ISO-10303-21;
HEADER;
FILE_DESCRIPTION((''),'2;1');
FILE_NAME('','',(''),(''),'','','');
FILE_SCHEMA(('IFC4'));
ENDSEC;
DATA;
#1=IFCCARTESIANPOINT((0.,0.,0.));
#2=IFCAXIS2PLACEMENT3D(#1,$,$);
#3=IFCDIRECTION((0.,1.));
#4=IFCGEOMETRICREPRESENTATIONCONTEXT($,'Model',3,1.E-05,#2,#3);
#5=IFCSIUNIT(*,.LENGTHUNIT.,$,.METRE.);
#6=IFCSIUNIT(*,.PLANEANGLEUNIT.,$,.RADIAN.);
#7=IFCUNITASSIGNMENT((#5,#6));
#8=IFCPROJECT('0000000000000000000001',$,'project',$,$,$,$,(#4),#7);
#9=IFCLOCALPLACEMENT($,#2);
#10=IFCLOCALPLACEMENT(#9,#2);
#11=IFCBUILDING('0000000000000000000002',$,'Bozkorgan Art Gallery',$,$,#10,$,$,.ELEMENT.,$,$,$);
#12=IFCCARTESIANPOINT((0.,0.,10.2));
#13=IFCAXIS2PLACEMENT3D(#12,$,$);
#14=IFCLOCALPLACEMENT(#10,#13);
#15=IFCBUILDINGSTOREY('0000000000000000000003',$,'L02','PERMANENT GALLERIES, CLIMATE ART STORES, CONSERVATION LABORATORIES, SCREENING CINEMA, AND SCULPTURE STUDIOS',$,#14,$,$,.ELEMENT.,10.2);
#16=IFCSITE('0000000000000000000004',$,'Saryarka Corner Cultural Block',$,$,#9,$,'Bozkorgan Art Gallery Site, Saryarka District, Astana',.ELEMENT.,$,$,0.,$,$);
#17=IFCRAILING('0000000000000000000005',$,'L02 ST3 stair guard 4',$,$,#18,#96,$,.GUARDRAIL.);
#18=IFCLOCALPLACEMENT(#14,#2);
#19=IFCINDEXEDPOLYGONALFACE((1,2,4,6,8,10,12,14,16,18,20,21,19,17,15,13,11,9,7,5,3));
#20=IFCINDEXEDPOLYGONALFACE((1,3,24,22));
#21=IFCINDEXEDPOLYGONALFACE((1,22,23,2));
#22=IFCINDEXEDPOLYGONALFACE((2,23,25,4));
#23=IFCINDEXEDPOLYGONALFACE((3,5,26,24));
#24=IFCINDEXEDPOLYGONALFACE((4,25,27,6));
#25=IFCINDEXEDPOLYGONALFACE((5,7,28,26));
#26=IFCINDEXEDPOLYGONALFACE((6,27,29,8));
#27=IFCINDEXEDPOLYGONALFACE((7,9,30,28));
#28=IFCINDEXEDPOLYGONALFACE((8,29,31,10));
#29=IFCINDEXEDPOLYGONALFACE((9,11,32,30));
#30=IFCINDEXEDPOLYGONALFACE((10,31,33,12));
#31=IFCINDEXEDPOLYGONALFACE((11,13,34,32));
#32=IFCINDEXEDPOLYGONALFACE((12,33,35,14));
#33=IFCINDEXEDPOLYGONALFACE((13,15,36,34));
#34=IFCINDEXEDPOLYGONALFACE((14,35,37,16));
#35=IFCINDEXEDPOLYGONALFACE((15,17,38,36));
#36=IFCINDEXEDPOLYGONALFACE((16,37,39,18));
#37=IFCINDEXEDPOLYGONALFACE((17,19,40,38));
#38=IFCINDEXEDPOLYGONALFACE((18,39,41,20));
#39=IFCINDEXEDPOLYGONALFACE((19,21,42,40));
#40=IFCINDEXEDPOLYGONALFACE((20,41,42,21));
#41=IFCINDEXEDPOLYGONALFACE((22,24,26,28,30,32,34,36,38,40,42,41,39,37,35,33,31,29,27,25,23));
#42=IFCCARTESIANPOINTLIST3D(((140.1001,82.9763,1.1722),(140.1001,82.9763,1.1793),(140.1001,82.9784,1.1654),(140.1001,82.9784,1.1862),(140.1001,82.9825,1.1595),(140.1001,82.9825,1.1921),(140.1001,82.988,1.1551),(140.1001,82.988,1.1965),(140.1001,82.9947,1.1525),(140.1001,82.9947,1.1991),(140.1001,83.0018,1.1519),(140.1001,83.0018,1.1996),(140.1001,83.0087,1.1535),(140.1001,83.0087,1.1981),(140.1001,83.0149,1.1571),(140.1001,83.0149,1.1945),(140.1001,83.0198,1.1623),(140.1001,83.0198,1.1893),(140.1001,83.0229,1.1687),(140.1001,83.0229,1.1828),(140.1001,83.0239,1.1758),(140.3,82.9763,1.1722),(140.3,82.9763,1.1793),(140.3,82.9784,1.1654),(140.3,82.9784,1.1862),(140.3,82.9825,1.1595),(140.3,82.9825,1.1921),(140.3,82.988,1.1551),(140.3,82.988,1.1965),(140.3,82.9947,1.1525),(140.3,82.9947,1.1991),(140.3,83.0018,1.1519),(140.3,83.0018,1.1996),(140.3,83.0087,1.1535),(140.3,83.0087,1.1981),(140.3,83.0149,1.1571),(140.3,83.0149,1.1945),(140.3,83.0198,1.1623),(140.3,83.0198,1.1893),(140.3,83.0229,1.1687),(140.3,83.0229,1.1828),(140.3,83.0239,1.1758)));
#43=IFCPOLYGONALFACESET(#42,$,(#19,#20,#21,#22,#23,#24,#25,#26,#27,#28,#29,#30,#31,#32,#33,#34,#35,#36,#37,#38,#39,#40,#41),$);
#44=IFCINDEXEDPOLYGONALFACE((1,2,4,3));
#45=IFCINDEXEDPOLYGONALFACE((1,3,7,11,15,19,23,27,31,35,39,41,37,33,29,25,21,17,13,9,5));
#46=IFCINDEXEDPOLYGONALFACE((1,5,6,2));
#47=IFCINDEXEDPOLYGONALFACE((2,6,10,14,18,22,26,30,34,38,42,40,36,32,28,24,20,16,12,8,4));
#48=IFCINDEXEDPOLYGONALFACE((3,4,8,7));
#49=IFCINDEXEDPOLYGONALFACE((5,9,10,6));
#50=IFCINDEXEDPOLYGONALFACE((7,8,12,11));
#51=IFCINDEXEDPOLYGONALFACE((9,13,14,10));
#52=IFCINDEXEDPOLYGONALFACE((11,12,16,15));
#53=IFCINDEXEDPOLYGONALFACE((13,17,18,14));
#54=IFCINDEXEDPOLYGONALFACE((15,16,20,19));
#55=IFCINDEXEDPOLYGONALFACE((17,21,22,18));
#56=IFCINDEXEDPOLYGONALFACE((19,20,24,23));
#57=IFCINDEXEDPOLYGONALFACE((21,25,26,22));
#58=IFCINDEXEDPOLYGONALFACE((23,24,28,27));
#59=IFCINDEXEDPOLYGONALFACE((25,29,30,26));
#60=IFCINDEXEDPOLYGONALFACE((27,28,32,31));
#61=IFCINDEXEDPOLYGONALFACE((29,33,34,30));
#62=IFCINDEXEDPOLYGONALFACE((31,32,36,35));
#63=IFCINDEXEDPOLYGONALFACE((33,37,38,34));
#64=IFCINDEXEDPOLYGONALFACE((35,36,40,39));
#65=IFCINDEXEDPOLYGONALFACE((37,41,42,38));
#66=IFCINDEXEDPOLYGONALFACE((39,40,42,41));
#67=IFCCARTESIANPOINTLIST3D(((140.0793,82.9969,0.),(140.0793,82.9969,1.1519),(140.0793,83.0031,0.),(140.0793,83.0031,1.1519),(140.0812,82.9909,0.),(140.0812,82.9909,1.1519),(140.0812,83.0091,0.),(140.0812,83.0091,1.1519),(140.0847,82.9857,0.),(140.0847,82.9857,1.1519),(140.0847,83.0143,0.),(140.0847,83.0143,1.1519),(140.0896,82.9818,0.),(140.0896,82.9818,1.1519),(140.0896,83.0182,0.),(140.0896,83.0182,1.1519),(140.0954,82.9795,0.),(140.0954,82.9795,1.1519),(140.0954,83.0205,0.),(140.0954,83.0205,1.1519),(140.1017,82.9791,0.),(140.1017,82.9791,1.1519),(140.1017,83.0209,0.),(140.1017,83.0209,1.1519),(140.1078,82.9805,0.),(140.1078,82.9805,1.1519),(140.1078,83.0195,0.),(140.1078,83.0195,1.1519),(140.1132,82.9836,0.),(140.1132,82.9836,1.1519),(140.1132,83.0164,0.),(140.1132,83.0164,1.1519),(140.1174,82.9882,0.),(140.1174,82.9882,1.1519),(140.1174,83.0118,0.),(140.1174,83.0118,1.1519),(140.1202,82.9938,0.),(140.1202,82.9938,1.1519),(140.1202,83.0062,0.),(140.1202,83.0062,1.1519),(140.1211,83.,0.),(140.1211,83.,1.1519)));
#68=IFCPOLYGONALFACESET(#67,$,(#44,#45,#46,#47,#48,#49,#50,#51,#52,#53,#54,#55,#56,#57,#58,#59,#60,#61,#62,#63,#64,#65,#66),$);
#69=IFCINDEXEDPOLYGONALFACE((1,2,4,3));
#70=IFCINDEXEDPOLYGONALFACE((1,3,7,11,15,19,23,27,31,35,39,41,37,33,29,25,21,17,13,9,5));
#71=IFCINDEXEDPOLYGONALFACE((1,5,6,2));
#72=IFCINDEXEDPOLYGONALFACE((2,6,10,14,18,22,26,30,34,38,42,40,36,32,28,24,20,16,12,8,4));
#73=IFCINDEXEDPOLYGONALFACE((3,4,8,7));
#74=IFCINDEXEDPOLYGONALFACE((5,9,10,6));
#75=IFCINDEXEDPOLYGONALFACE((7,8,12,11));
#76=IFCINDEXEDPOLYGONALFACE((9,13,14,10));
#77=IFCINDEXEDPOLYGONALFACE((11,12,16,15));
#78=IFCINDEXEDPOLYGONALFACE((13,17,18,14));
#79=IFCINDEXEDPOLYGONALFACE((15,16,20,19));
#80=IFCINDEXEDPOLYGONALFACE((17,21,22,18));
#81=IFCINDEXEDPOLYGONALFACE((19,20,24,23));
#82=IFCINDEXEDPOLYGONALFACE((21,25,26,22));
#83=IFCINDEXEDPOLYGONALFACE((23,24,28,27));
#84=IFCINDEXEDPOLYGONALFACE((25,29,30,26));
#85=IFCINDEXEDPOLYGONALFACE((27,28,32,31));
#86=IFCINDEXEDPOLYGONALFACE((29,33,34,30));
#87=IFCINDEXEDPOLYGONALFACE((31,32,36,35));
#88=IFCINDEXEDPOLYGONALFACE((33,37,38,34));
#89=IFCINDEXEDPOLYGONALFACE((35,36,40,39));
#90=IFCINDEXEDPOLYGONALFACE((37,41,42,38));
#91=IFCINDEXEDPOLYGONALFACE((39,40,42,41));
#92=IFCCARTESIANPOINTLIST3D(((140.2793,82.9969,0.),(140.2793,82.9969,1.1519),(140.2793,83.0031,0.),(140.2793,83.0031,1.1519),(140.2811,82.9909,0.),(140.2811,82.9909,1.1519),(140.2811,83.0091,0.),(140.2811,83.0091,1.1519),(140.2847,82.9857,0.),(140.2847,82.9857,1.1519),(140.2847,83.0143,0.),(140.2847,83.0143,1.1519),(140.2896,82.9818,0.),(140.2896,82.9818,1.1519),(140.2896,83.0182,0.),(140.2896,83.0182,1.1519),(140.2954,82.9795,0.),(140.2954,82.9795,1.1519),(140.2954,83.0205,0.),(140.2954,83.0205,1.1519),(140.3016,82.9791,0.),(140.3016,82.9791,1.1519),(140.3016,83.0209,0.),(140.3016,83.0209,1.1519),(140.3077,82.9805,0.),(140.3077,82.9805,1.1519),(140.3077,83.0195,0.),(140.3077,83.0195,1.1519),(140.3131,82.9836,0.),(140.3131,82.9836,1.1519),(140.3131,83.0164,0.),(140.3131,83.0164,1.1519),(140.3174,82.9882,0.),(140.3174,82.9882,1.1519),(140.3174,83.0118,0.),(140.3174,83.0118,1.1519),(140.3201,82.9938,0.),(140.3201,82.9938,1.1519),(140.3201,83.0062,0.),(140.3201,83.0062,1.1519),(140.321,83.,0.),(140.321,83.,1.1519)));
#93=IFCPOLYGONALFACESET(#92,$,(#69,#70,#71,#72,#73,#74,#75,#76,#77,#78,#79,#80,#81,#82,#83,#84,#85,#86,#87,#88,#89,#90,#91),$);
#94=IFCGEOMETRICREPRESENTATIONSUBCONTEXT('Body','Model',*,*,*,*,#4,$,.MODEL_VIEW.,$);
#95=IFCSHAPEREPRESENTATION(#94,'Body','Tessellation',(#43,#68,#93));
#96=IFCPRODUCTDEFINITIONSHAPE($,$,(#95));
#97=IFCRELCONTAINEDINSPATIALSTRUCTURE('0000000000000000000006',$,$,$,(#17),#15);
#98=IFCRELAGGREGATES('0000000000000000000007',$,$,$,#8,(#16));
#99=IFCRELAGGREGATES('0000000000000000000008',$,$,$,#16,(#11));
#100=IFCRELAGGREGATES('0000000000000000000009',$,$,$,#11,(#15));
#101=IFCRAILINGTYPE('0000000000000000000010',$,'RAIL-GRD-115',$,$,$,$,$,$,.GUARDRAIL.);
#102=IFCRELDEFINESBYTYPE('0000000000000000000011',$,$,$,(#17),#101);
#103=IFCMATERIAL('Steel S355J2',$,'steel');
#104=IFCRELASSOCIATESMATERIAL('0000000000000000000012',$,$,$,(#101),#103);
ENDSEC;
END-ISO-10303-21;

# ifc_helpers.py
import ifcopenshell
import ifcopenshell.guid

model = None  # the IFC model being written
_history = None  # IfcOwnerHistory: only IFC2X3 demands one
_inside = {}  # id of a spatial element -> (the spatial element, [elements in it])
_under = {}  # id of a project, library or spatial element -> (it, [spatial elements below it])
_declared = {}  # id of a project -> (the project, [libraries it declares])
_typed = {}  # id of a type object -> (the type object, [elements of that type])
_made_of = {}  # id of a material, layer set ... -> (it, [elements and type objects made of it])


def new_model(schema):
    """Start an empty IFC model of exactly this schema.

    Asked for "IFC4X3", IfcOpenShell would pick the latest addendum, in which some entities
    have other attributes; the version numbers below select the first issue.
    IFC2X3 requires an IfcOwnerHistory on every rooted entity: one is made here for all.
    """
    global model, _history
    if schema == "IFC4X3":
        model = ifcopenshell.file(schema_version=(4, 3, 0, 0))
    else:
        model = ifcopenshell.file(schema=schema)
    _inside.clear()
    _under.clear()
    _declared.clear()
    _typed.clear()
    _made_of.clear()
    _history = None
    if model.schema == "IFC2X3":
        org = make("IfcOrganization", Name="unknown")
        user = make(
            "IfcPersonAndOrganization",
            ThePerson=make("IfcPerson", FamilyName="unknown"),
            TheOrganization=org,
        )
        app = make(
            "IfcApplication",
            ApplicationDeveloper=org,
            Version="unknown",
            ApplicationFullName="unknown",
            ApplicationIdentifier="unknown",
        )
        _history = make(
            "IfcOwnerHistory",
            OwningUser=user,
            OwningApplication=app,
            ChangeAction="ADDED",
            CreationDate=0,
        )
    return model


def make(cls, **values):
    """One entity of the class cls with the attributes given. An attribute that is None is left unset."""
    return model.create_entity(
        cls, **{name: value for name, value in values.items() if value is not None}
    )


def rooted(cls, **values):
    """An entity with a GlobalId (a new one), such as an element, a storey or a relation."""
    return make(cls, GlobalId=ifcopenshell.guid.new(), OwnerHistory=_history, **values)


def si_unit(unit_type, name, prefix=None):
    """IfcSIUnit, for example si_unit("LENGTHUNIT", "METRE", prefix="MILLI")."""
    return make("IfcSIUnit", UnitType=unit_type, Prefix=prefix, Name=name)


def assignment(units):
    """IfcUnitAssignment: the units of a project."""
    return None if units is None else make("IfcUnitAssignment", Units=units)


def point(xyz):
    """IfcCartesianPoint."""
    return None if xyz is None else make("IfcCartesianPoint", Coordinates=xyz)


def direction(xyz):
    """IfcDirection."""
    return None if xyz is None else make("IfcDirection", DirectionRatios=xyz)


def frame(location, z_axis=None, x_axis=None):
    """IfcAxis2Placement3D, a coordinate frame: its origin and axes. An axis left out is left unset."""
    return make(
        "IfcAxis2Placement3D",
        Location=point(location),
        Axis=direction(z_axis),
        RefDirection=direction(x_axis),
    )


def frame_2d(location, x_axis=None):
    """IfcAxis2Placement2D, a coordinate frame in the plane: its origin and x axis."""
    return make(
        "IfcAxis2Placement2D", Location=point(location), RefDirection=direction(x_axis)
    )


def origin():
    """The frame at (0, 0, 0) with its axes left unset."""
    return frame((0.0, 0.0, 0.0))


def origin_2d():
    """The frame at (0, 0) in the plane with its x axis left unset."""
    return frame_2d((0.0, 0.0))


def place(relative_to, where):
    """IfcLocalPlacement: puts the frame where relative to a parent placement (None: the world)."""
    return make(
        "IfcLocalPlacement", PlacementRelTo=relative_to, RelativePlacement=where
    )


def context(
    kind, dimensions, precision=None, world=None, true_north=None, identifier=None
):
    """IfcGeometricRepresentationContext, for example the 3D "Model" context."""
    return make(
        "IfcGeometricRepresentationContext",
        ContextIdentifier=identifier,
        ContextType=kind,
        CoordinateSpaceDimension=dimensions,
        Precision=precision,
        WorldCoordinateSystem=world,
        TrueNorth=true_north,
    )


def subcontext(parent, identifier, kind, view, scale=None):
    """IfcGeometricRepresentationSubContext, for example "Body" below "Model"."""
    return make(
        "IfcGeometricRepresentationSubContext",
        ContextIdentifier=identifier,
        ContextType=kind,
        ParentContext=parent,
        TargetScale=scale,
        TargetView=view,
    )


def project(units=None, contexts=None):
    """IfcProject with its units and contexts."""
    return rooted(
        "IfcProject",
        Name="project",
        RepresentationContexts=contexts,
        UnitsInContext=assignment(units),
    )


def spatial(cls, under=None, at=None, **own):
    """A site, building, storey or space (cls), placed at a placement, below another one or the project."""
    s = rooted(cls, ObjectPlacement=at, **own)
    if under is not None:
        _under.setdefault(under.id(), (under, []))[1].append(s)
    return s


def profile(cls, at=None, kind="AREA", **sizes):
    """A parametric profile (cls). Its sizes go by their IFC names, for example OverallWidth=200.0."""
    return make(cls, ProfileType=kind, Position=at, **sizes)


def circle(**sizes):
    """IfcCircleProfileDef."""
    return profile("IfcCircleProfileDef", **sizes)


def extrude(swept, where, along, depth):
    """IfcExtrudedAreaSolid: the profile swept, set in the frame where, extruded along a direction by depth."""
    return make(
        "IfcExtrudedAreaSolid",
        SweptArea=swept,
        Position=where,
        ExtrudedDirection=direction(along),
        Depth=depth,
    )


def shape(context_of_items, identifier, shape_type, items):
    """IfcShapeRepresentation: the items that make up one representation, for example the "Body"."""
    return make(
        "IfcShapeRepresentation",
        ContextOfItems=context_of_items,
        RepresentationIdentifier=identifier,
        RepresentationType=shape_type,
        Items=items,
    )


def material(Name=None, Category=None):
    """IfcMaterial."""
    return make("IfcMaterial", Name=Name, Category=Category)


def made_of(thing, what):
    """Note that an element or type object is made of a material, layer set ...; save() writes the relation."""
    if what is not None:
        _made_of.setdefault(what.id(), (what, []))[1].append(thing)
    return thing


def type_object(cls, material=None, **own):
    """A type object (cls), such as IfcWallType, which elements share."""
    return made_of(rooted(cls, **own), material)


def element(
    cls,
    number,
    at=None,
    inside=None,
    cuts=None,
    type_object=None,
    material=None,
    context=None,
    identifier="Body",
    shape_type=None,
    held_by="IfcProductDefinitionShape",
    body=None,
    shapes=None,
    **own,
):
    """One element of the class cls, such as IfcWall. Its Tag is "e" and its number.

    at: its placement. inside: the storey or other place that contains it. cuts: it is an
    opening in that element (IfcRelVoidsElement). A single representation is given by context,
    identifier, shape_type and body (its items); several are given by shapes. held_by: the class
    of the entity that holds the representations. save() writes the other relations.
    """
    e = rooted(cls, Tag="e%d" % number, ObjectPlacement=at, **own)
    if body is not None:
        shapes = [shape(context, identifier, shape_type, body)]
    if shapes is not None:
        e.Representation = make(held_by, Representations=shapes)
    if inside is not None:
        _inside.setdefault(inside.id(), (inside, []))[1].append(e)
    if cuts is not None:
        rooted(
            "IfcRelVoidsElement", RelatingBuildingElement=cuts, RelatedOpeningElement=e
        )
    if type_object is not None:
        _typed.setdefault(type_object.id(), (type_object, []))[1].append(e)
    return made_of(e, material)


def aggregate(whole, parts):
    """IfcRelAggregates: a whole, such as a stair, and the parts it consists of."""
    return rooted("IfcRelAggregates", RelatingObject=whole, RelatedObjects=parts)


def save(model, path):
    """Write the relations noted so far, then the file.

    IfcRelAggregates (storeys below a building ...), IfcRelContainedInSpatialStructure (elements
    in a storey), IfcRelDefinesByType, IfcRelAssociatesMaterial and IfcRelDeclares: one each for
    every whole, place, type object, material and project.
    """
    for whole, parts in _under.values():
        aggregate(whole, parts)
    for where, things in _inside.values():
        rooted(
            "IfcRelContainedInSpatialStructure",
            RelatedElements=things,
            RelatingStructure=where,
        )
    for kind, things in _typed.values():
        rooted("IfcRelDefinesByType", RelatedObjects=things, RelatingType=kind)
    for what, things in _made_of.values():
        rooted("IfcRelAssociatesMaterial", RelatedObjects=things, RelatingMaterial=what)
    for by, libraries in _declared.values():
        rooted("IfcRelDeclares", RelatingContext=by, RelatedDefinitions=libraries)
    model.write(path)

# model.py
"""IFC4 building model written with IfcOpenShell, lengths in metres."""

from ifc_helpers import new_model, si_unit, direction, frame, origin, origin_2d, place, context, subcontext, project, spatial, circle, extrude, material, type_object, element, save


model = new_model("IFC4")

# Units and contexts
model_context = context("Model", 3, precision=1e-05, world=origin(), true_north=direction((0.0, 1.0)))
body_context = subcontext(model_context, "Body", "Model", "MODEL_VIEW")
ifc_project = project(units=[si_unit("LENGTHUNIT", "METRE"), si_unit("PLANEANGLEUNIT", "RADIAN")], contexts=[model_context])

# Site, building, storey
site_placement = place(None, origin())
site = spatial("IfcSite", under=ifc_project, at=site_placement, Name="Saryarka Corner Cultural Block", LongName="Bozkorgan Art Gallery Site, Saryarka District, Astana", CompositionType="ELEMENT", RefElevation=0.0)
building_placement = place(site_placement, origin())
building = spatial("IfcBuilding", under=site, at=building_placement, Name="Bozkorgan Art Gallery", CompositionType="ELEMENT")
storey_placement = place(building_placement, frame((0.0, 0.0, 10.2)))
storey = spatial("IfcBuildingStorey", under=building, at=storey_placement, Name="L02", Description="PERMANENT GALLERIES, CLIMATE ART STORES, CONSERVATION LABORATORIES, SCREENING CINEMA, AND SCULPTURE STUDIOS", CompositionType="ELEMENT", Elevation=10.2)

# Shared definitions
ifc_material_1 = material(Name="Steel S355J2", Category="steel")

# Railing
railing_type_1 = type_object("IfcRailingType", Name="RAIL-GRD-115", PredefinedType="GUARDRAIL", material=ifc_material_1)
railing_1_placement = place(storey_placement, frame((140.1001, 83.0, 0.0)))
element("IfcRailing", 1, at=railing_1_placement, inside=storey, type_object=railing_type_1, Name="L02 ST3 stair guard 4", PredefinedType="GUARDRAIL", context=body_context, shape_type="SweptSolid", body=[
    extrude(circle(Radius=0.0239, at=origin_2d()), frame((0.0, 0.0, 1.1758), z_axis=(1.0, 0.0, 0.0), x_axis=(0.0, 1.0, 0.0)), (0.0, 0.0, 1.0), 0.2),
    extrude(circle(Radius=0.021, at=origin_2d()), origin(), (0.0, 0.0, 1.0), 1.1519),
    extrude(circle(Radius=0.021, at=origin_2d()), frame((0.2, 0.0, 0.0)), (0.0, 0.0, 1.0), 1.1519),
])

save(model, "model.ifc")
